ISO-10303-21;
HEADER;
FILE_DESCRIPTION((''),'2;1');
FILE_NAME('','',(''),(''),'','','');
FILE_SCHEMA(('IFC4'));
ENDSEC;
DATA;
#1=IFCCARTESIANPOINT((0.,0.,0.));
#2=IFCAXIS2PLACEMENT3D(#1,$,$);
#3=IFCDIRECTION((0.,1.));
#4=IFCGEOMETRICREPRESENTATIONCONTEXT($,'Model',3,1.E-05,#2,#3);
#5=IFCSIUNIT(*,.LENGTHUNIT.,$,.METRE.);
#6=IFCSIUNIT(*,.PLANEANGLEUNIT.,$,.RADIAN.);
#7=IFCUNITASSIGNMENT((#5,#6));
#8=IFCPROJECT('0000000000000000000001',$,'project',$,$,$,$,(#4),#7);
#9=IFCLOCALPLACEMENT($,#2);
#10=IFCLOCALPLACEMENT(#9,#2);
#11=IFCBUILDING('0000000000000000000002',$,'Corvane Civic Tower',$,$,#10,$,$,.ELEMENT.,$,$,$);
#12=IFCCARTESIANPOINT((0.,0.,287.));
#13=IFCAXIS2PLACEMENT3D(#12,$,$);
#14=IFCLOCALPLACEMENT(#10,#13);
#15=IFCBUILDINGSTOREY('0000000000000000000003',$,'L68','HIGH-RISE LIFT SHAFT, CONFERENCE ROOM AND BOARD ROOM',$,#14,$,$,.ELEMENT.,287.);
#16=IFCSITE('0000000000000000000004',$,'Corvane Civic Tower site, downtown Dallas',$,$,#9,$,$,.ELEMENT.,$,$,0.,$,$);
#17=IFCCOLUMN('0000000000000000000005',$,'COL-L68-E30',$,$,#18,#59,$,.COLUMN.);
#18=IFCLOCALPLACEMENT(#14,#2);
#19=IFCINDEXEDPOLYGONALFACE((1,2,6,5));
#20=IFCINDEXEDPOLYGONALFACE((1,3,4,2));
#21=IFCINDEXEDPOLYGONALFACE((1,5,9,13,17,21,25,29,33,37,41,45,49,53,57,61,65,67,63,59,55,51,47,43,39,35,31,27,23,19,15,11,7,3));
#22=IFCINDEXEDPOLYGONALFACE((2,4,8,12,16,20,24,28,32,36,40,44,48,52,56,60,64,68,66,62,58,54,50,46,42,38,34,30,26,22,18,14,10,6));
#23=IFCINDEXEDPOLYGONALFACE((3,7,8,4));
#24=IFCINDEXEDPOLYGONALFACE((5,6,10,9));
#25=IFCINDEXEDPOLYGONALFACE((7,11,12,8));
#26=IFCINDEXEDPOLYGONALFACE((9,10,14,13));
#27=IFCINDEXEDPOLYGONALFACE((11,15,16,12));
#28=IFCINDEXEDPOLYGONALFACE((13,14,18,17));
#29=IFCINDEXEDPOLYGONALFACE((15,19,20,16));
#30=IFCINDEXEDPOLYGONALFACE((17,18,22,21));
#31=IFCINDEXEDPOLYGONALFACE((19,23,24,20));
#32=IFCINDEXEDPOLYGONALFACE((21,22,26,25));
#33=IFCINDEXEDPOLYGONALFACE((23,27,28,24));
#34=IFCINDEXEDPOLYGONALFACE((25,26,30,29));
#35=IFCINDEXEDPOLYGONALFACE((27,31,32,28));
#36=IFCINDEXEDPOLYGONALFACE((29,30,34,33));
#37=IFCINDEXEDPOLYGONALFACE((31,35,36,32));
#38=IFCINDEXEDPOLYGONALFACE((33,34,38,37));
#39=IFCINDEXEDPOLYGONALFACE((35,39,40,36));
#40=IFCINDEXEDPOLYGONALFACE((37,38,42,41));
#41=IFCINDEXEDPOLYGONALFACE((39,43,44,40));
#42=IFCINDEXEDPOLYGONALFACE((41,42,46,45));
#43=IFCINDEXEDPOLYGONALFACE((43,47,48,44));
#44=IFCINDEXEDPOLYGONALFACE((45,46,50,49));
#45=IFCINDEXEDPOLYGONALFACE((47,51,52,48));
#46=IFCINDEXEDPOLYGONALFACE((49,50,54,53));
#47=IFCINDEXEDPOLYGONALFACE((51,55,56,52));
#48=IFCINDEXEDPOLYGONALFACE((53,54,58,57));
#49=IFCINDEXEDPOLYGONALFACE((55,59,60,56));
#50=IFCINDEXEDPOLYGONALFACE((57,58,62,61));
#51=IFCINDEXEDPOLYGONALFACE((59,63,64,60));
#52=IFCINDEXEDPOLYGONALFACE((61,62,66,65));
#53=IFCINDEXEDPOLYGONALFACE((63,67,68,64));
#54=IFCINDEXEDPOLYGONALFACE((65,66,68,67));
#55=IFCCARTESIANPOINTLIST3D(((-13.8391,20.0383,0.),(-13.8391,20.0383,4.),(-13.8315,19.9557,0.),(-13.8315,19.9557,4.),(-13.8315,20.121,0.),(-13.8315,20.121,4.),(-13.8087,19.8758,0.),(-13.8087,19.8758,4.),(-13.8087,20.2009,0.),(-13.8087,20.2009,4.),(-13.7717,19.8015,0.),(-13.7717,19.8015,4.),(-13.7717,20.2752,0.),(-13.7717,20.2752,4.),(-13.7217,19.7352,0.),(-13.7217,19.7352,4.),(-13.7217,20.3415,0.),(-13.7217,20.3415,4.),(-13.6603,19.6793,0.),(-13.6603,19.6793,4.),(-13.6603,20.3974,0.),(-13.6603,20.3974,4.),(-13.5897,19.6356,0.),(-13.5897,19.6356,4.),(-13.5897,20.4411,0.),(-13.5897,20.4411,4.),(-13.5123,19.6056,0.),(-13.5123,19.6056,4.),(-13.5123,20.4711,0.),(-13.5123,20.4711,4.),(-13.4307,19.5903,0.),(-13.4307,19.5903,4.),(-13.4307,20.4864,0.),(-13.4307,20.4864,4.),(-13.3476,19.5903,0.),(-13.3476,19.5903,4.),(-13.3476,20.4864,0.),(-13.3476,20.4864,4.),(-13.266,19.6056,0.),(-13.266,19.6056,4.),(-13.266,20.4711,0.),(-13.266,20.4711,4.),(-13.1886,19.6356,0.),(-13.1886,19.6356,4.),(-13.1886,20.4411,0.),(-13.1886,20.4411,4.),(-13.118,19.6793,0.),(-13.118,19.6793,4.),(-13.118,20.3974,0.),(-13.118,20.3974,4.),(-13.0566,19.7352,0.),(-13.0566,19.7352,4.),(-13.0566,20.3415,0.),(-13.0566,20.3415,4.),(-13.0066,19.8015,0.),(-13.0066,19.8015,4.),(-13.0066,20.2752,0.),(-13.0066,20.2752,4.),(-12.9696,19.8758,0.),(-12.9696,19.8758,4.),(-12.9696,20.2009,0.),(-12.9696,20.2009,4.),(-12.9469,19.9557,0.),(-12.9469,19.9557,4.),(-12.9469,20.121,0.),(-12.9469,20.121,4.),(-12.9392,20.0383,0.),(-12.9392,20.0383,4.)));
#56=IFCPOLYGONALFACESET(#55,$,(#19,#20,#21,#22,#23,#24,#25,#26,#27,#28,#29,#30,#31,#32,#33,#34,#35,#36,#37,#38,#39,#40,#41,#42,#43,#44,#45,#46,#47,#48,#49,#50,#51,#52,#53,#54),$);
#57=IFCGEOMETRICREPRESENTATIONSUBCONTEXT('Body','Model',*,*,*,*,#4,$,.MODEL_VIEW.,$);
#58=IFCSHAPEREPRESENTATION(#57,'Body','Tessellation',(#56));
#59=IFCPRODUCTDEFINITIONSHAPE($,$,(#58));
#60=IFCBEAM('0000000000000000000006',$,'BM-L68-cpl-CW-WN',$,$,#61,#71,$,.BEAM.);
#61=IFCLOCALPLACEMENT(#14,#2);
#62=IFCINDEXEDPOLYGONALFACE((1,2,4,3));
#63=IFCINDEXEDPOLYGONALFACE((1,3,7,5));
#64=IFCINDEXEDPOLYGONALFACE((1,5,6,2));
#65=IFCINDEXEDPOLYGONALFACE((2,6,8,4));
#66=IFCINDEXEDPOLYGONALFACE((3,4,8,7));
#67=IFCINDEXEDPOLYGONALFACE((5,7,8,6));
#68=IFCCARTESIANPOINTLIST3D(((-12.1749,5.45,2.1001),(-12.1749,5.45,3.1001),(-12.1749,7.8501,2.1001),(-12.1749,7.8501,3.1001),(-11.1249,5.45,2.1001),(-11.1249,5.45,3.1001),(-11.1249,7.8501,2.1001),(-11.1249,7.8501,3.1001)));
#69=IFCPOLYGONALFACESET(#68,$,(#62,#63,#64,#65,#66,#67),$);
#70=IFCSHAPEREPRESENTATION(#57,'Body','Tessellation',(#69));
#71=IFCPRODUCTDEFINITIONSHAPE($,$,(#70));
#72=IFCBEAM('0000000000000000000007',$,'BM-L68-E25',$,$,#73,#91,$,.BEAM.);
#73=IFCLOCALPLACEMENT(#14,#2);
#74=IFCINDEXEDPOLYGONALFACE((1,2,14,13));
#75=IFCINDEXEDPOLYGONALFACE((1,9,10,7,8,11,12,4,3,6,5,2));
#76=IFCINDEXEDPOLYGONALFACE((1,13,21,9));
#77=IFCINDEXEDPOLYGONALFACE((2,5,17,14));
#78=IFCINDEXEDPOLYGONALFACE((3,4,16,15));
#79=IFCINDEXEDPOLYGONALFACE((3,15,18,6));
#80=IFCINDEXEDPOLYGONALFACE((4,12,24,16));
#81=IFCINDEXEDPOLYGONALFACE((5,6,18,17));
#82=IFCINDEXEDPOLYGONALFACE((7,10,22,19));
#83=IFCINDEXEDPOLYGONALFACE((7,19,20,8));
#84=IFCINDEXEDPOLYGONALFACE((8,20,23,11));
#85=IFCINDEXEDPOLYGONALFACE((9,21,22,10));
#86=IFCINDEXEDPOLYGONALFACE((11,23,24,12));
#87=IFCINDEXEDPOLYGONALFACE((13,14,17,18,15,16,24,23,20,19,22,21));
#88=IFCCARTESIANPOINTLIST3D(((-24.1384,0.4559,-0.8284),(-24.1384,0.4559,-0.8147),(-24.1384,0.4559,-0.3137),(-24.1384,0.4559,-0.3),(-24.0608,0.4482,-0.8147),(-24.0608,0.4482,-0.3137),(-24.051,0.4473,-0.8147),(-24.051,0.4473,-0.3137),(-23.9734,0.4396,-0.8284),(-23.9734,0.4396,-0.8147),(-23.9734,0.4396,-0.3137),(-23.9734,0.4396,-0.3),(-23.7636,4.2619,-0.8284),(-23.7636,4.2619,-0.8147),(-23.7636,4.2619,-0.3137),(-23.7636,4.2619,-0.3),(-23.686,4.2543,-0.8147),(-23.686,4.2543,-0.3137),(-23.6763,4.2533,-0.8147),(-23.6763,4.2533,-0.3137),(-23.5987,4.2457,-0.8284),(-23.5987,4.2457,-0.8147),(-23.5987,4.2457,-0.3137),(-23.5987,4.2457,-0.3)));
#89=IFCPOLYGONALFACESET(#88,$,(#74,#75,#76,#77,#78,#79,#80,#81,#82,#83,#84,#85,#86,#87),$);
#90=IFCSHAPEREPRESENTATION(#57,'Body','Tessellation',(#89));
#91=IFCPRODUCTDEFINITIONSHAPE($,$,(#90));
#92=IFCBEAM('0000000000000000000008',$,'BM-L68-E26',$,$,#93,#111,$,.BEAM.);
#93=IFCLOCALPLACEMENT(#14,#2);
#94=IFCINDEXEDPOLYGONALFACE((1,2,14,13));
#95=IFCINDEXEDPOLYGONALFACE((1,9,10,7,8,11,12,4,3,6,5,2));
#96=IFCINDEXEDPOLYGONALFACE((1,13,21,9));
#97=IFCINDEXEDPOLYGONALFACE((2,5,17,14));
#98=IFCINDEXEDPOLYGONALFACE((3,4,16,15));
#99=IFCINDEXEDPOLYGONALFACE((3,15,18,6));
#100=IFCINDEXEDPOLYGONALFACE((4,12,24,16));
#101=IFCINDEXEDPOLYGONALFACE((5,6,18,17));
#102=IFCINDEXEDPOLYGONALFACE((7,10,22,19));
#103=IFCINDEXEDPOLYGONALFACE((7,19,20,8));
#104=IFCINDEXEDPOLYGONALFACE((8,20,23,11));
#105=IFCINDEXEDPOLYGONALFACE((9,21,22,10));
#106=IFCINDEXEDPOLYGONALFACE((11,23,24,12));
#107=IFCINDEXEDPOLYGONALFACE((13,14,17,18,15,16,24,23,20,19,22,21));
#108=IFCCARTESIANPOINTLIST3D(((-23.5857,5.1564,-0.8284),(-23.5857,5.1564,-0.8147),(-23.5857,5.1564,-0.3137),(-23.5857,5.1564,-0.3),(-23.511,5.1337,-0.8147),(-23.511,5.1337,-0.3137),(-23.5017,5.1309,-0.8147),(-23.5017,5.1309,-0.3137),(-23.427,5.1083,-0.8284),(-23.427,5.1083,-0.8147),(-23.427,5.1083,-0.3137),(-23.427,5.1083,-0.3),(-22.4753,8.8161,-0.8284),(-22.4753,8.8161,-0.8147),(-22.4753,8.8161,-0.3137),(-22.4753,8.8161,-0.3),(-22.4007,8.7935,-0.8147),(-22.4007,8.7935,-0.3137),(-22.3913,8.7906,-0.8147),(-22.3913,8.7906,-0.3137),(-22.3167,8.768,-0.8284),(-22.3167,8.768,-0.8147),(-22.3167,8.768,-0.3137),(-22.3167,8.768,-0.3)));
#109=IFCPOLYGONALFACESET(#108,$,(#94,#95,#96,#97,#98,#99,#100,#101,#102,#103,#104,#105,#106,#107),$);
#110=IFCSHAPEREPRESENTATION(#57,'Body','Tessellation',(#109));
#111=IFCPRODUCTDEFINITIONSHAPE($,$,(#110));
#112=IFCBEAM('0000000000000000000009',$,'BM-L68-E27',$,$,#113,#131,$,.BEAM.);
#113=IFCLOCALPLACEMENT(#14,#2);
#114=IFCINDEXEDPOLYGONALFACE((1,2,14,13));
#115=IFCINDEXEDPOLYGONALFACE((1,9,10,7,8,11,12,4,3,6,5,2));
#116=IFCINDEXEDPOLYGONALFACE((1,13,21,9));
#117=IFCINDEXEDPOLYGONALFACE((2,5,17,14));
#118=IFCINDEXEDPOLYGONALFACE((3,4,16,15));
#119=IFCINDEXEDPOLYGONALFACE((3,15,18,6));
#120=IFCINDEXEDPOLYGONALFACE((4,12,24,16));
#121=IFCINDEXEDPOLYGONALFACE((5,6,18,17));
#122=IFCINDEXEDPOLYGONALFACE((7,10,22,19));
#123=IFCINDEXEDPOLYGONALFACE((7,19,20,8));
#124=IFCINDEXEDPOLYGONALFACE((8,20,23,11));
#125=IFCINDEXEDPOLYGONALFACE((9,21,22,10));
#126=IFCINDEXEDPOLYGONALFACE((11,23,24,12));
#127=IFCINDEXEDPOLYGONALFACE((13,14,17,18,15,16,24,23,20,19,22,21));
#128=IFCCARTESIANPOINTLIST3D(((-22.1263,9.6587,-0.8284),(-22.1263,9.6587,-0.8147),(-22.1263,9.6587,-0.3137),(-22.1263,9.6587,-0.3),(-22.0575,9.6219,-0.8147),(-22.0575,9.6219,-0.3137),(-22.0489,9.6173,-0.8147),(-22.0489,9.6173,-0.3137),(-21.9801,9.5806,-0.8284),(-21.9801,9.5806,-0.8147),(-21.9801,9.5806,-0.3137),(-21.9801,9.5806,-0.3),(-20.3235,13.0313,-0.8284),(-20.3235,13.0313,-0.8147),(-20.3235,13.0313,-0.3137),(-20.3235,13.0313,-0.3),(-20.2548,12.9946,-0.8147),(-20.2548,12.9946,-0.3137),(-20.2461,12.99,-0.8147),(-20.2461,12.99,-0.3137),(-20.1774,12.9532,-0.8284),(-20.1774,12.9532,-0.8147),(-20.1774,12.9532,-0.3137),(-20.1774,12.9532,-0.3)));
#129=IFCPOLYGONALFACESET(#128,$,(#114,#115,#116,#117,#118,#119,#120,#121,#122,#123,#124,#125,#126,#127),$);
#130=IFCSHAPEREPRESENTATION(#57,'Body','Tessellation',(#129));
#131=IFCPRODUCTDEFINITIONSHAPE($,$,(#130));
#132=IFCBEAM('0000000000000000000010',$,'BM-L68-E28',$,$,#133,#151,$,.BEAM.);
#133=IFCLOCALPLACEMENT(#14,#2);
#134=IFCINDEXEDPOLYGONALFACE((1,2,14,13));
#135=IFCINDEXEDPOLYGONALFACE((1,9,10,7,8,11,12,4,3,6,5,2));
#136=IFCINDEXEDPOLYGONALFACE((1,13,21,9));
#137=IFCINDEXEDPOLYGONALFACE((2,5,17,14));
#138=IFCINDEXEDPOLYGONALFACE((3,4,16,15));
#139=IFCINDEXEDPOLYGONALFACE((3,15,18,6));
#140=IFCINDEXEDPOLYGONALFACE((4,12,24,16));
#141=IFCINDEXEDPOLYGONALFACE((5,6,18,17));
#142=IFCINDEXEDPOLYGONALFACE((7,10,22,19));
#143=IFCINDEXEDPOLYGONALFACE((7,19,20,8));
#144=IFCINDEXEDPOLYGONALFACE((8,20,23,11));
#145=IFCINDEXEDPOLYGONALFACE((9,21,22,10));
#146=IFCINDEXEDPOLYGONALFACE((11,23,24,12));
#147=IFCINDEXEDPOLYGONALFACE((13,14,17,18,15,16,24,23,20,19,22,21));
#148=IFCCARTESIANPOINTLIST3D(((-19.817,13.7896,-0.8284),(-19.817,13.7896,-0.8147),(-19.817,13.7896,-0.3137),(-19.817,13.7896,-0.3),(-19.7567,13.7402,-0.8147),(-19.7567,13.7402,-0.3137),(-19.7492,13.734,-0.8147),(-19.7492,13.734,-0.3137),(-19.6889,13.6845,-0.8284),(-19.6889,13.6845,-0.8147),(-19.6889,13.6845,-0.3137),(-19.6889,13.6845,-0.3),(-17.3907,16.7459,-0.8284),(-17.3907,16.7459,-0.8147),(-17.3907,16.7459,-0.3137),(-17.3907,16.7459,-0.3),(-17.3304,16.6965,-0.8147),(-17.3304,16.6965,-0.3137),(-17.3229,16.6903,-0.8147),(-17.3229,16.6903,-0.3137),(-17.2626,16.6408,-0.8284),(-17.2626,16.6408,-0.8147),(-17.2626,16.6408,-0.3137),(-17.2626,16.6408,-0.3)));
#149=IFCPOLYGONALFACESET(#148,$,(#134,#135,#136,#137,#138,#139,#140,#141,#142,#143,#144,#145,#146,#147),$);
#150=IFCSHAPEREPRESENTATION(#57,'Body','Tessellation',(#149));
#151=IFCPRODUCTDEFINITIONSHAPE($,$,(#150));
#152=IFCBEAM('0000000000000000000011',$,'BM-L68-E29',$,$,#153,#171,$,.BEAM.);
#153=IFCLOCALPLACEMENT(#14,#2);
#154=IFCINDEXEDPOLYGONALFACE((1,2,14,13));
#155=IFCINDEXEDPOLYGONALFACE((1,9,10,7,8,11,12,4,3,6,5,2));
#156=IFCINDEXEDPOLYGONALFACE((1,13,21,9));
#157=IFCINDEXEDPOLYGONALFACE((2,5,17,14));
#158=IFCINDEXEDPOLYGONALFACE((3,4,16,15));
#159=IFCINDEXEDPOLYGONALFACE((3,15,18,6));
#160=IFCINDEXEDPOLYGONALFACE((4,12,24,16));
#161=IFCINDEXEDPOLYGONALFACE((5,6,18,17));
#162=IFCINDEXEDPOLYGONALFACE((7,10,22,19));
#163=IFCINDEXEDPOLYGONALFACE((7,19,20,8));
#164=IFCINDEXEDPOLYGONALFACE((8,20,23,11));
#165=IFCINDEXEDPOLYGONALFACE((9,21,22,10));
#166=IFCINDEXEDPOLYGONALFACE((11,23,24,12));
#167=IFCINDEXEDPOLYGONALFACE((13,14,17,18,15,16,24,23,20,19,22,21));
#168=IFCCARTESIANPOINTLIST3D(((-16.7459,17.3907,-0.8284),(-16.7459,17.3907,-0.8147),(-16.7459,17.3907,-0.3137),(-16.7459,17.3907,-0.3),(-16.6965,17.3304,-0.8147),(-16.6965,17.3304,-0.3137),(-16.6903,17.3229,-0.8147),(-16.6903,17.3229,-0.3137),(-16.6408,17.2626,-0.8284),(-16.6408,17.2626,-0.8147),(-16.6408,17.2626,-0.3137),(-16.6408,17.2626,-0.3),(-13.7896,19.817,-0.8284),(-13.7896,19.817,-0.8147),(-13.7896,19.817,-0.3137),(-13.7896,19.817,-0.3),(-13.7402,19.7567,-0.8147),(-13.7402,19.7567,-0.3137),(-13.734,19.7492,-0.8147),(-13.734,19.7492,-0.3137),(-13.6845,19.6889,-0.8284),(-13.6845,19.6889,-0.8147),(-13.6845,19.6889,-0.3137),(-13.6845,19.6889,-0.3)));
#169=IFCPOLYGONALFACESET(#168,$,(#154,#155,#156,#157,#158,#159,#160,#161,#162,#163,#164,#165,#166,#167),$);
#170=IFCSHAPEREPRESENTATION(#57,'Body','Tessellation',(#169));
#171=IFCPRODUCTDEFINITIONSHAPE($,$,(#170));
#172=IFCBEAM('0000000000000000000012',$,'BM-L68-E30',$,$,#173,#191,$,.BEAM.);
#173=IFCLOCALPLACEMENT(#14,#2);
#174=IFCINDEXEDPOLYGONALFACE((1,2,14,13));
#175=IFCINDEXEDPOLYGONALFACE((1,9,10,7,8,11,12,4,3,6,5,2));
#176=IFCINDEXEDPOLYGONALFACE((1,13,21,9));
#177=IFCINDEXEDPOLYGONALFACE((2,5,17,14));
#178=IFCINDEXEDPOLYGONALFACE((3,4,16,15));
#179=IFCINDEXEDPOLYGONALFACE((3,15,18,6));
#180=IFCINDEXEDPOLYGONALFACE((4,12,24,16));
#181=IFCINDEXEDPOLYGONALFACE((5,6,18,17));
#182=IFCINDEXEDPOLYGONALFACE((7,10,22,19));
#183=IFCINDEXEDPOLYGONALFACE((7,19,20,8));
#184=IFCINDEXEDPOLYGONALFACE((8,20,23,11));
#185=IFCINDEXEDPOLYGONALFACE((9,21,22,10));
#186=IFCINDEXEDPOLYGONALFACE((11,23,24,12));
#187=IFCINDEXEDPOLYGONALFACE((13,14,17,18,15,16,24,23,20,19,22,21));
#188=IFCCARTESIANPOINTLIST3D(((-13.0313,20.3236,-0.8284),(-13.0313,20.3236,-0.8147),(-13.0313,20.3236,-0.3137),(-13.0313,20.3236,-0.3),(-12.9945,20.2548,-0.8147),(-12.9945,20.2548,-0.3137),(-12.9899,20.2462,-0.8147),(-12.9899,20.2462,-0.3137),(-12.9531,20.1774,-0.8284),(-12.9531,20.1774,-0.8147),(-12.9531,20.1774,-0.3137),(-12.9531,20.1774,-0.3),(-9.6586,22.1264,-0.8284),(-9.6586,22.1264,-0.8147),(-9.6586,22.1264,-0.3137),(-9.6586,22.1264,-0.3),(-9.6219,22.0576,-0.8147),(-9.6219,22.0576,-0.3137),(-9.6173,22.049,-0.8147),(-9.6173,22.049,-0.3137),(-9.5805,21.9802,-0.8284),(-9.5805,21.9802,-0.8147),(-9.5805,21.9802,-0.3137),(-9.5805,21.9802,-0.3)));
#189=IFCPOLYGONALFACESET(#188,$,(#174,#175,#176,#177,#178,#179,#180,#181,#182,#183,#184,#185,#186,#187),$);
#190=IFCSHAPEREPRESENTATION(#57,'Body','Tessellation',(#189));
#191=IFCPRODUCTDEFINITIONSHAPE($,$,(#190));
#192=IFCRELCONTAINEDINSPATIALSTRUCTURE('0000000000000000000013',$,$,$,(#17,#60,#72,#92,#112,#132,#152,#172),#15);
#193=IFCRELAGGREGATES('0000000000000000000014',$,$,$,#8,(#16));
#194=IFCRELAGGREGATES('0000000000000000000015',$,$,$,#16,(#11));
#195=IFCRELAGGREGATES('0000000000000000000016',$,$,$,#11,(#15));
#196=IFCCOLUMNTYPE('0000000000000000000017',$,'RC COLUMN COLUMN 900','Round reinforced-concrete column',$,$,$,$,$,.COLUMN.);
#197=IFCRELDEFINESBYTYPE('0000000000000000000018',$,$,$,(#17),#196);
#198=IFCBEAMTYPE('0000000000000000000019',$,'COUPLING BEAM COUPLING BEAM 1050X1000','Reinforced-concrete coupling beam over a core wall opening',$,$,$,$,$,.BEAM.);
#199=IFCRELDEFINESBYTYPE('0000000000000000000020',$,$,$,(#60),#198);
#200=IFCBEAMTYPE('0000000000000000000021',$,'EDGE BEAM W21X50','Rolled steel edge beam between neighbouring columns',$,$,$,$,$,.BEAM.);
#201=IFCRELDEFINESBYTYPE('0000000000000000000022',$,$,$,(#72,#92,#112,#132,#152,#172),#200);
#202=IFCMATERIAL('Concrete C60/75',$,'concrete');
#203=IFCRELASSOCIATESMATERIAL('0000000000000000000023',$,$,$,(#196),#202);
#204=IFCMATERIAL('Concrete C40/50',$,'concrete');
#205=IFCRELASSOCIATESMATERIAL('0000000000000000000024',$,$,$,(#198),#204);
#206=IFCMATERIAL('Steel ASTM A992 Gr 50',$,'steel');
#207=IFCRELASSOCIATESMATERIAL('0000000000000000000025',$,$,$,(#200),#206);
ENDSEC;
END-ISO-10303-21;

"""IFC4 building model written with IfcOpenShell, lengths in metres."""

from ifc_helpers import new_model, si_unit, direction, frame, origin, origin_2d, place, context, subcontext, project, spatial, rectangle, circle, i_section, extrude, material, material_profile, profile_set, type_object, element, save


model = new_model("IFC4")

# Units and contexts
model_context = context("Model", 3, precision=1e-05, world=origin(), true_north=direction((0.0, 1.0)))
body_context = subcontext(model_context, "Body", "Model", "MODEL_VIEW")
ifc_project = project(units=[si_unit("LENGTHUNIT", "METRE"), si_unit("PLANEANGLEUNIT", "RADIAN")], contexts=[model_context])

# Site, building, storey
site_placement = place(None, origin())
site = spatial("IfcSite", under=ifc_project, at=site_placement, Name="Corvane Civic Tower site, downtown Dallas", CompositionType="ELEMENT", RefElevation=0.0)
building_placement = place(site_placement, origin())
building = spatial("IfcBuilding", under=site, at=building_placement, Name="Corvane Civic Tower", CompositionType="ELEMENT")
storey_placement = place(building_placement, frame((0.0, 0.0, 287.0)))
storey = spatial("IfcBuildingStorey", under=building, at=storey_placement, Name="L68", Description="HIGH-RISE LIFT SHAFT, CONFERENCE ROOM AND BOARD ROOM", CompositionType="ELEMENT", Elevation=287.0)

# Column
ifc_material_1 = material(Name="Concrete C60/75", Category="concrete")
ifc_material_profile_1 = material_profile(ifc_material_1, circle(Radius=0.45, at=origin_2d()), Name="COLUMN 900")
ifc_profile_set_1 = profile_set([ifc_material_profile_1], Name="Concrete C60/75")
column_type = type_object("IfcColumnType", Name="RC COLUMN COLUMN 900", Description="Round reinforced-concrete column", PredefinedType="COLUMN", material=ifc_profile_set_1)
for number, where, z_axis, x_axis, name in (
    (1, (-13.3892, 20.0383, 0.0), (0.0, 0.0, 1.0), (1.0, 0.0, 0.0), "COL-L68-E30"),
):
    element("IfcColumn", number, at=place(storey_placement, frame(where, z_axis=z_axis, x_axis=x_axis)), inside=storey, type_object=column_type, Name=name, PredefinedType="COLUMN", context=body_context, shape_type="SweptSolid", body=[
        extrude(circle(Radius=0.45, at=origin_2d()), origin(), (0.0, 0.0, 1.0), 4.0),
    ])

# Beams
ifc_material_2 = material(Name="Concrete C40/50", Category="concrete")
ifc_material_profile_2 = material_profile(ifc_material_2, rectangle(XDim=1.05, YDim=1.0, at=origin_2d()), Name="COUPLING BEAM 1050X1000")
ifc_profile_set_2 = profile_set([ifc_material_profile_2], Name="Concrete C40/50")
beam_type_1 = type_object("IfcBeamType", Name="COUPLING BEAM COUPLING BEAM 1050X1000", Description="Reinforced-concrete coupling beam over a core wall opening", PredefinedType="BEAM", material=ifc_profile_set_2)
beam_1_placement = place(storey_placement, frame((-11.6499, 5.45, 2.6001), z_axis=(0.0, 1.0, 0.0), x_axis=(-1.0, 0.0, 0.0)))
element("IfcBeam", 2, at=beam_1_placement, inside=storey, type_object=beam_type_1, Name="BM-L68-cpl-CW-WN", PredefinedType="BEAM", context=body_context, shape_type="SweptSolid", body=[
    extrude(rectangle(XDim=1.05, YDim=1.0, at=origin_2d()), origin(), (0.0, 0.0, 1.0), 2.4001),
])
ifc_material_3 = material(Name="Steel ASTM A992 Gr 50", Category="steel")
ifc_material_profile_3 = material_profile(ifc_material_3, i_section(OverallWidth=0.1658, OverallDepth=0.5283, WebThickness=0.0098, FlangeThickness=0.0137, at=origin_2d()), Name="W21X50")
ifc_profile_set_3 = profile_set([ifc_material_profile_3], Name="Steel ASTM A992 Gr 50")
beam_type_2 = type_object("IfcBeamType", Name="EDGE BEAM W21X50", Description="Rolled steel edge beam between neighbouring columns", PredefinedType="BEAM", material=ifc_profile_set_3)
for number, where, z_axis, x_axis, name in (
    (3, (-24.0559, 0.4478, -0.5642), (0.097987, 0.995188, 0.0), (-0.995188, 0.097987, 0.0), "BM-L68-E25"),
    (4, (-23.5063, 5.1323, -0.5642), (0.290333, 0.956926, 0.0), (-0.956926, 0.290333, 0.0), "BM-L68-E26"),
):
    element("IfcBeam", number, at=place(storey_placement, frame(where, z_axis=z_axis, x_axis=x_axis)), inside=storey, type_object=beam_type_2, Name=name, PredefinedType="BEAM", context=body_context, shape_type="SweptSolid", body=[
        extrude(i_section(OverallWidth=0.1658, OverallDepth=0.5283, WebThickness=0.0098, FlangeThickness=0.0137, at=origin_2d()), origin(), (0.0, 0.0, 1.0), 3.8245),
    ])
beam_2_placement = place(storey_placement, frame((-22.0532, 9.6196, -0.5642), z_axis=(0.47141, 0.881914, 0.0), x_axis=(-0.881914, 0.47141, 0.0)))
element("IfcBeam", 5, at=beam_2_placement, inside=storey, type_object=beam_type_2, Name="BM-L68-E27", PredefinedType="BEAM", context=body_context, shape_type="SweptSolid", body=[
    extrude(i_section(OverallWidth=0.1658, OverallDepth=0.5283, WebThickness=0.0098, FlangeThickness=0.0137, at=origin_2d()), origin(), (0.0, 0.0, 1.0), 3.8242),
])
for number, where, z_axis, x_axis, name in (
    (6, (-19.7529, 13.7371, -0.5642), (0.634409, 0.772998, 0.0), (-0.772998, 0.634409, 0.0), "BM-L68-E28"),
    (7, (-16.6934, 17.3267, -0.5642), (0.772998, 0.634409, 0.0), (-0.634409, 0.772998, 0.0), "BM-L68-E29"),
):
    element("IfcBeam", number, at=place(storey_placement, frame(where, z_axis=z_axis, x_axis=x_axis)), inside=storey, type_object=beam_type_2, Name=name, PredefinedType="BEAM", context=body_context, shape_type="SweptSolid", body=[
        extrude(i_section(OverallWidth=0.1658, OverallDepth=0.5283, WebThickness=0.0098, FlangeThickness=0.0137, at=origin_2d()), origin(), (0.0, 0.0, 1.0), 3.8245),
    ])
beam_3_placement = place(storey_placement, frame((-12.9922, 20.2505, -0.5642), z_axis=(0.881914, 0.47141, 0.0), x_axis=(-0.47141, 0.881914, 0.0)))
element("IfcBeam", 8, at=beam_3_placement, inside=storey, type_object=beam_type_2, Name="BM-L68-E30", PredefinedType="BEAM", context=body_context, shape_type="SweptSolid", body=[
    extrude(i_section(OverallWidth=0.1658, OverallDepth=0.5283, WebThickness=0.0098, FlangeThickness=0.0137, at=origin_2d()), origin(), (0.0, 0.0, 1.0), 3.8242),
])

save(model, "model.ifc")
